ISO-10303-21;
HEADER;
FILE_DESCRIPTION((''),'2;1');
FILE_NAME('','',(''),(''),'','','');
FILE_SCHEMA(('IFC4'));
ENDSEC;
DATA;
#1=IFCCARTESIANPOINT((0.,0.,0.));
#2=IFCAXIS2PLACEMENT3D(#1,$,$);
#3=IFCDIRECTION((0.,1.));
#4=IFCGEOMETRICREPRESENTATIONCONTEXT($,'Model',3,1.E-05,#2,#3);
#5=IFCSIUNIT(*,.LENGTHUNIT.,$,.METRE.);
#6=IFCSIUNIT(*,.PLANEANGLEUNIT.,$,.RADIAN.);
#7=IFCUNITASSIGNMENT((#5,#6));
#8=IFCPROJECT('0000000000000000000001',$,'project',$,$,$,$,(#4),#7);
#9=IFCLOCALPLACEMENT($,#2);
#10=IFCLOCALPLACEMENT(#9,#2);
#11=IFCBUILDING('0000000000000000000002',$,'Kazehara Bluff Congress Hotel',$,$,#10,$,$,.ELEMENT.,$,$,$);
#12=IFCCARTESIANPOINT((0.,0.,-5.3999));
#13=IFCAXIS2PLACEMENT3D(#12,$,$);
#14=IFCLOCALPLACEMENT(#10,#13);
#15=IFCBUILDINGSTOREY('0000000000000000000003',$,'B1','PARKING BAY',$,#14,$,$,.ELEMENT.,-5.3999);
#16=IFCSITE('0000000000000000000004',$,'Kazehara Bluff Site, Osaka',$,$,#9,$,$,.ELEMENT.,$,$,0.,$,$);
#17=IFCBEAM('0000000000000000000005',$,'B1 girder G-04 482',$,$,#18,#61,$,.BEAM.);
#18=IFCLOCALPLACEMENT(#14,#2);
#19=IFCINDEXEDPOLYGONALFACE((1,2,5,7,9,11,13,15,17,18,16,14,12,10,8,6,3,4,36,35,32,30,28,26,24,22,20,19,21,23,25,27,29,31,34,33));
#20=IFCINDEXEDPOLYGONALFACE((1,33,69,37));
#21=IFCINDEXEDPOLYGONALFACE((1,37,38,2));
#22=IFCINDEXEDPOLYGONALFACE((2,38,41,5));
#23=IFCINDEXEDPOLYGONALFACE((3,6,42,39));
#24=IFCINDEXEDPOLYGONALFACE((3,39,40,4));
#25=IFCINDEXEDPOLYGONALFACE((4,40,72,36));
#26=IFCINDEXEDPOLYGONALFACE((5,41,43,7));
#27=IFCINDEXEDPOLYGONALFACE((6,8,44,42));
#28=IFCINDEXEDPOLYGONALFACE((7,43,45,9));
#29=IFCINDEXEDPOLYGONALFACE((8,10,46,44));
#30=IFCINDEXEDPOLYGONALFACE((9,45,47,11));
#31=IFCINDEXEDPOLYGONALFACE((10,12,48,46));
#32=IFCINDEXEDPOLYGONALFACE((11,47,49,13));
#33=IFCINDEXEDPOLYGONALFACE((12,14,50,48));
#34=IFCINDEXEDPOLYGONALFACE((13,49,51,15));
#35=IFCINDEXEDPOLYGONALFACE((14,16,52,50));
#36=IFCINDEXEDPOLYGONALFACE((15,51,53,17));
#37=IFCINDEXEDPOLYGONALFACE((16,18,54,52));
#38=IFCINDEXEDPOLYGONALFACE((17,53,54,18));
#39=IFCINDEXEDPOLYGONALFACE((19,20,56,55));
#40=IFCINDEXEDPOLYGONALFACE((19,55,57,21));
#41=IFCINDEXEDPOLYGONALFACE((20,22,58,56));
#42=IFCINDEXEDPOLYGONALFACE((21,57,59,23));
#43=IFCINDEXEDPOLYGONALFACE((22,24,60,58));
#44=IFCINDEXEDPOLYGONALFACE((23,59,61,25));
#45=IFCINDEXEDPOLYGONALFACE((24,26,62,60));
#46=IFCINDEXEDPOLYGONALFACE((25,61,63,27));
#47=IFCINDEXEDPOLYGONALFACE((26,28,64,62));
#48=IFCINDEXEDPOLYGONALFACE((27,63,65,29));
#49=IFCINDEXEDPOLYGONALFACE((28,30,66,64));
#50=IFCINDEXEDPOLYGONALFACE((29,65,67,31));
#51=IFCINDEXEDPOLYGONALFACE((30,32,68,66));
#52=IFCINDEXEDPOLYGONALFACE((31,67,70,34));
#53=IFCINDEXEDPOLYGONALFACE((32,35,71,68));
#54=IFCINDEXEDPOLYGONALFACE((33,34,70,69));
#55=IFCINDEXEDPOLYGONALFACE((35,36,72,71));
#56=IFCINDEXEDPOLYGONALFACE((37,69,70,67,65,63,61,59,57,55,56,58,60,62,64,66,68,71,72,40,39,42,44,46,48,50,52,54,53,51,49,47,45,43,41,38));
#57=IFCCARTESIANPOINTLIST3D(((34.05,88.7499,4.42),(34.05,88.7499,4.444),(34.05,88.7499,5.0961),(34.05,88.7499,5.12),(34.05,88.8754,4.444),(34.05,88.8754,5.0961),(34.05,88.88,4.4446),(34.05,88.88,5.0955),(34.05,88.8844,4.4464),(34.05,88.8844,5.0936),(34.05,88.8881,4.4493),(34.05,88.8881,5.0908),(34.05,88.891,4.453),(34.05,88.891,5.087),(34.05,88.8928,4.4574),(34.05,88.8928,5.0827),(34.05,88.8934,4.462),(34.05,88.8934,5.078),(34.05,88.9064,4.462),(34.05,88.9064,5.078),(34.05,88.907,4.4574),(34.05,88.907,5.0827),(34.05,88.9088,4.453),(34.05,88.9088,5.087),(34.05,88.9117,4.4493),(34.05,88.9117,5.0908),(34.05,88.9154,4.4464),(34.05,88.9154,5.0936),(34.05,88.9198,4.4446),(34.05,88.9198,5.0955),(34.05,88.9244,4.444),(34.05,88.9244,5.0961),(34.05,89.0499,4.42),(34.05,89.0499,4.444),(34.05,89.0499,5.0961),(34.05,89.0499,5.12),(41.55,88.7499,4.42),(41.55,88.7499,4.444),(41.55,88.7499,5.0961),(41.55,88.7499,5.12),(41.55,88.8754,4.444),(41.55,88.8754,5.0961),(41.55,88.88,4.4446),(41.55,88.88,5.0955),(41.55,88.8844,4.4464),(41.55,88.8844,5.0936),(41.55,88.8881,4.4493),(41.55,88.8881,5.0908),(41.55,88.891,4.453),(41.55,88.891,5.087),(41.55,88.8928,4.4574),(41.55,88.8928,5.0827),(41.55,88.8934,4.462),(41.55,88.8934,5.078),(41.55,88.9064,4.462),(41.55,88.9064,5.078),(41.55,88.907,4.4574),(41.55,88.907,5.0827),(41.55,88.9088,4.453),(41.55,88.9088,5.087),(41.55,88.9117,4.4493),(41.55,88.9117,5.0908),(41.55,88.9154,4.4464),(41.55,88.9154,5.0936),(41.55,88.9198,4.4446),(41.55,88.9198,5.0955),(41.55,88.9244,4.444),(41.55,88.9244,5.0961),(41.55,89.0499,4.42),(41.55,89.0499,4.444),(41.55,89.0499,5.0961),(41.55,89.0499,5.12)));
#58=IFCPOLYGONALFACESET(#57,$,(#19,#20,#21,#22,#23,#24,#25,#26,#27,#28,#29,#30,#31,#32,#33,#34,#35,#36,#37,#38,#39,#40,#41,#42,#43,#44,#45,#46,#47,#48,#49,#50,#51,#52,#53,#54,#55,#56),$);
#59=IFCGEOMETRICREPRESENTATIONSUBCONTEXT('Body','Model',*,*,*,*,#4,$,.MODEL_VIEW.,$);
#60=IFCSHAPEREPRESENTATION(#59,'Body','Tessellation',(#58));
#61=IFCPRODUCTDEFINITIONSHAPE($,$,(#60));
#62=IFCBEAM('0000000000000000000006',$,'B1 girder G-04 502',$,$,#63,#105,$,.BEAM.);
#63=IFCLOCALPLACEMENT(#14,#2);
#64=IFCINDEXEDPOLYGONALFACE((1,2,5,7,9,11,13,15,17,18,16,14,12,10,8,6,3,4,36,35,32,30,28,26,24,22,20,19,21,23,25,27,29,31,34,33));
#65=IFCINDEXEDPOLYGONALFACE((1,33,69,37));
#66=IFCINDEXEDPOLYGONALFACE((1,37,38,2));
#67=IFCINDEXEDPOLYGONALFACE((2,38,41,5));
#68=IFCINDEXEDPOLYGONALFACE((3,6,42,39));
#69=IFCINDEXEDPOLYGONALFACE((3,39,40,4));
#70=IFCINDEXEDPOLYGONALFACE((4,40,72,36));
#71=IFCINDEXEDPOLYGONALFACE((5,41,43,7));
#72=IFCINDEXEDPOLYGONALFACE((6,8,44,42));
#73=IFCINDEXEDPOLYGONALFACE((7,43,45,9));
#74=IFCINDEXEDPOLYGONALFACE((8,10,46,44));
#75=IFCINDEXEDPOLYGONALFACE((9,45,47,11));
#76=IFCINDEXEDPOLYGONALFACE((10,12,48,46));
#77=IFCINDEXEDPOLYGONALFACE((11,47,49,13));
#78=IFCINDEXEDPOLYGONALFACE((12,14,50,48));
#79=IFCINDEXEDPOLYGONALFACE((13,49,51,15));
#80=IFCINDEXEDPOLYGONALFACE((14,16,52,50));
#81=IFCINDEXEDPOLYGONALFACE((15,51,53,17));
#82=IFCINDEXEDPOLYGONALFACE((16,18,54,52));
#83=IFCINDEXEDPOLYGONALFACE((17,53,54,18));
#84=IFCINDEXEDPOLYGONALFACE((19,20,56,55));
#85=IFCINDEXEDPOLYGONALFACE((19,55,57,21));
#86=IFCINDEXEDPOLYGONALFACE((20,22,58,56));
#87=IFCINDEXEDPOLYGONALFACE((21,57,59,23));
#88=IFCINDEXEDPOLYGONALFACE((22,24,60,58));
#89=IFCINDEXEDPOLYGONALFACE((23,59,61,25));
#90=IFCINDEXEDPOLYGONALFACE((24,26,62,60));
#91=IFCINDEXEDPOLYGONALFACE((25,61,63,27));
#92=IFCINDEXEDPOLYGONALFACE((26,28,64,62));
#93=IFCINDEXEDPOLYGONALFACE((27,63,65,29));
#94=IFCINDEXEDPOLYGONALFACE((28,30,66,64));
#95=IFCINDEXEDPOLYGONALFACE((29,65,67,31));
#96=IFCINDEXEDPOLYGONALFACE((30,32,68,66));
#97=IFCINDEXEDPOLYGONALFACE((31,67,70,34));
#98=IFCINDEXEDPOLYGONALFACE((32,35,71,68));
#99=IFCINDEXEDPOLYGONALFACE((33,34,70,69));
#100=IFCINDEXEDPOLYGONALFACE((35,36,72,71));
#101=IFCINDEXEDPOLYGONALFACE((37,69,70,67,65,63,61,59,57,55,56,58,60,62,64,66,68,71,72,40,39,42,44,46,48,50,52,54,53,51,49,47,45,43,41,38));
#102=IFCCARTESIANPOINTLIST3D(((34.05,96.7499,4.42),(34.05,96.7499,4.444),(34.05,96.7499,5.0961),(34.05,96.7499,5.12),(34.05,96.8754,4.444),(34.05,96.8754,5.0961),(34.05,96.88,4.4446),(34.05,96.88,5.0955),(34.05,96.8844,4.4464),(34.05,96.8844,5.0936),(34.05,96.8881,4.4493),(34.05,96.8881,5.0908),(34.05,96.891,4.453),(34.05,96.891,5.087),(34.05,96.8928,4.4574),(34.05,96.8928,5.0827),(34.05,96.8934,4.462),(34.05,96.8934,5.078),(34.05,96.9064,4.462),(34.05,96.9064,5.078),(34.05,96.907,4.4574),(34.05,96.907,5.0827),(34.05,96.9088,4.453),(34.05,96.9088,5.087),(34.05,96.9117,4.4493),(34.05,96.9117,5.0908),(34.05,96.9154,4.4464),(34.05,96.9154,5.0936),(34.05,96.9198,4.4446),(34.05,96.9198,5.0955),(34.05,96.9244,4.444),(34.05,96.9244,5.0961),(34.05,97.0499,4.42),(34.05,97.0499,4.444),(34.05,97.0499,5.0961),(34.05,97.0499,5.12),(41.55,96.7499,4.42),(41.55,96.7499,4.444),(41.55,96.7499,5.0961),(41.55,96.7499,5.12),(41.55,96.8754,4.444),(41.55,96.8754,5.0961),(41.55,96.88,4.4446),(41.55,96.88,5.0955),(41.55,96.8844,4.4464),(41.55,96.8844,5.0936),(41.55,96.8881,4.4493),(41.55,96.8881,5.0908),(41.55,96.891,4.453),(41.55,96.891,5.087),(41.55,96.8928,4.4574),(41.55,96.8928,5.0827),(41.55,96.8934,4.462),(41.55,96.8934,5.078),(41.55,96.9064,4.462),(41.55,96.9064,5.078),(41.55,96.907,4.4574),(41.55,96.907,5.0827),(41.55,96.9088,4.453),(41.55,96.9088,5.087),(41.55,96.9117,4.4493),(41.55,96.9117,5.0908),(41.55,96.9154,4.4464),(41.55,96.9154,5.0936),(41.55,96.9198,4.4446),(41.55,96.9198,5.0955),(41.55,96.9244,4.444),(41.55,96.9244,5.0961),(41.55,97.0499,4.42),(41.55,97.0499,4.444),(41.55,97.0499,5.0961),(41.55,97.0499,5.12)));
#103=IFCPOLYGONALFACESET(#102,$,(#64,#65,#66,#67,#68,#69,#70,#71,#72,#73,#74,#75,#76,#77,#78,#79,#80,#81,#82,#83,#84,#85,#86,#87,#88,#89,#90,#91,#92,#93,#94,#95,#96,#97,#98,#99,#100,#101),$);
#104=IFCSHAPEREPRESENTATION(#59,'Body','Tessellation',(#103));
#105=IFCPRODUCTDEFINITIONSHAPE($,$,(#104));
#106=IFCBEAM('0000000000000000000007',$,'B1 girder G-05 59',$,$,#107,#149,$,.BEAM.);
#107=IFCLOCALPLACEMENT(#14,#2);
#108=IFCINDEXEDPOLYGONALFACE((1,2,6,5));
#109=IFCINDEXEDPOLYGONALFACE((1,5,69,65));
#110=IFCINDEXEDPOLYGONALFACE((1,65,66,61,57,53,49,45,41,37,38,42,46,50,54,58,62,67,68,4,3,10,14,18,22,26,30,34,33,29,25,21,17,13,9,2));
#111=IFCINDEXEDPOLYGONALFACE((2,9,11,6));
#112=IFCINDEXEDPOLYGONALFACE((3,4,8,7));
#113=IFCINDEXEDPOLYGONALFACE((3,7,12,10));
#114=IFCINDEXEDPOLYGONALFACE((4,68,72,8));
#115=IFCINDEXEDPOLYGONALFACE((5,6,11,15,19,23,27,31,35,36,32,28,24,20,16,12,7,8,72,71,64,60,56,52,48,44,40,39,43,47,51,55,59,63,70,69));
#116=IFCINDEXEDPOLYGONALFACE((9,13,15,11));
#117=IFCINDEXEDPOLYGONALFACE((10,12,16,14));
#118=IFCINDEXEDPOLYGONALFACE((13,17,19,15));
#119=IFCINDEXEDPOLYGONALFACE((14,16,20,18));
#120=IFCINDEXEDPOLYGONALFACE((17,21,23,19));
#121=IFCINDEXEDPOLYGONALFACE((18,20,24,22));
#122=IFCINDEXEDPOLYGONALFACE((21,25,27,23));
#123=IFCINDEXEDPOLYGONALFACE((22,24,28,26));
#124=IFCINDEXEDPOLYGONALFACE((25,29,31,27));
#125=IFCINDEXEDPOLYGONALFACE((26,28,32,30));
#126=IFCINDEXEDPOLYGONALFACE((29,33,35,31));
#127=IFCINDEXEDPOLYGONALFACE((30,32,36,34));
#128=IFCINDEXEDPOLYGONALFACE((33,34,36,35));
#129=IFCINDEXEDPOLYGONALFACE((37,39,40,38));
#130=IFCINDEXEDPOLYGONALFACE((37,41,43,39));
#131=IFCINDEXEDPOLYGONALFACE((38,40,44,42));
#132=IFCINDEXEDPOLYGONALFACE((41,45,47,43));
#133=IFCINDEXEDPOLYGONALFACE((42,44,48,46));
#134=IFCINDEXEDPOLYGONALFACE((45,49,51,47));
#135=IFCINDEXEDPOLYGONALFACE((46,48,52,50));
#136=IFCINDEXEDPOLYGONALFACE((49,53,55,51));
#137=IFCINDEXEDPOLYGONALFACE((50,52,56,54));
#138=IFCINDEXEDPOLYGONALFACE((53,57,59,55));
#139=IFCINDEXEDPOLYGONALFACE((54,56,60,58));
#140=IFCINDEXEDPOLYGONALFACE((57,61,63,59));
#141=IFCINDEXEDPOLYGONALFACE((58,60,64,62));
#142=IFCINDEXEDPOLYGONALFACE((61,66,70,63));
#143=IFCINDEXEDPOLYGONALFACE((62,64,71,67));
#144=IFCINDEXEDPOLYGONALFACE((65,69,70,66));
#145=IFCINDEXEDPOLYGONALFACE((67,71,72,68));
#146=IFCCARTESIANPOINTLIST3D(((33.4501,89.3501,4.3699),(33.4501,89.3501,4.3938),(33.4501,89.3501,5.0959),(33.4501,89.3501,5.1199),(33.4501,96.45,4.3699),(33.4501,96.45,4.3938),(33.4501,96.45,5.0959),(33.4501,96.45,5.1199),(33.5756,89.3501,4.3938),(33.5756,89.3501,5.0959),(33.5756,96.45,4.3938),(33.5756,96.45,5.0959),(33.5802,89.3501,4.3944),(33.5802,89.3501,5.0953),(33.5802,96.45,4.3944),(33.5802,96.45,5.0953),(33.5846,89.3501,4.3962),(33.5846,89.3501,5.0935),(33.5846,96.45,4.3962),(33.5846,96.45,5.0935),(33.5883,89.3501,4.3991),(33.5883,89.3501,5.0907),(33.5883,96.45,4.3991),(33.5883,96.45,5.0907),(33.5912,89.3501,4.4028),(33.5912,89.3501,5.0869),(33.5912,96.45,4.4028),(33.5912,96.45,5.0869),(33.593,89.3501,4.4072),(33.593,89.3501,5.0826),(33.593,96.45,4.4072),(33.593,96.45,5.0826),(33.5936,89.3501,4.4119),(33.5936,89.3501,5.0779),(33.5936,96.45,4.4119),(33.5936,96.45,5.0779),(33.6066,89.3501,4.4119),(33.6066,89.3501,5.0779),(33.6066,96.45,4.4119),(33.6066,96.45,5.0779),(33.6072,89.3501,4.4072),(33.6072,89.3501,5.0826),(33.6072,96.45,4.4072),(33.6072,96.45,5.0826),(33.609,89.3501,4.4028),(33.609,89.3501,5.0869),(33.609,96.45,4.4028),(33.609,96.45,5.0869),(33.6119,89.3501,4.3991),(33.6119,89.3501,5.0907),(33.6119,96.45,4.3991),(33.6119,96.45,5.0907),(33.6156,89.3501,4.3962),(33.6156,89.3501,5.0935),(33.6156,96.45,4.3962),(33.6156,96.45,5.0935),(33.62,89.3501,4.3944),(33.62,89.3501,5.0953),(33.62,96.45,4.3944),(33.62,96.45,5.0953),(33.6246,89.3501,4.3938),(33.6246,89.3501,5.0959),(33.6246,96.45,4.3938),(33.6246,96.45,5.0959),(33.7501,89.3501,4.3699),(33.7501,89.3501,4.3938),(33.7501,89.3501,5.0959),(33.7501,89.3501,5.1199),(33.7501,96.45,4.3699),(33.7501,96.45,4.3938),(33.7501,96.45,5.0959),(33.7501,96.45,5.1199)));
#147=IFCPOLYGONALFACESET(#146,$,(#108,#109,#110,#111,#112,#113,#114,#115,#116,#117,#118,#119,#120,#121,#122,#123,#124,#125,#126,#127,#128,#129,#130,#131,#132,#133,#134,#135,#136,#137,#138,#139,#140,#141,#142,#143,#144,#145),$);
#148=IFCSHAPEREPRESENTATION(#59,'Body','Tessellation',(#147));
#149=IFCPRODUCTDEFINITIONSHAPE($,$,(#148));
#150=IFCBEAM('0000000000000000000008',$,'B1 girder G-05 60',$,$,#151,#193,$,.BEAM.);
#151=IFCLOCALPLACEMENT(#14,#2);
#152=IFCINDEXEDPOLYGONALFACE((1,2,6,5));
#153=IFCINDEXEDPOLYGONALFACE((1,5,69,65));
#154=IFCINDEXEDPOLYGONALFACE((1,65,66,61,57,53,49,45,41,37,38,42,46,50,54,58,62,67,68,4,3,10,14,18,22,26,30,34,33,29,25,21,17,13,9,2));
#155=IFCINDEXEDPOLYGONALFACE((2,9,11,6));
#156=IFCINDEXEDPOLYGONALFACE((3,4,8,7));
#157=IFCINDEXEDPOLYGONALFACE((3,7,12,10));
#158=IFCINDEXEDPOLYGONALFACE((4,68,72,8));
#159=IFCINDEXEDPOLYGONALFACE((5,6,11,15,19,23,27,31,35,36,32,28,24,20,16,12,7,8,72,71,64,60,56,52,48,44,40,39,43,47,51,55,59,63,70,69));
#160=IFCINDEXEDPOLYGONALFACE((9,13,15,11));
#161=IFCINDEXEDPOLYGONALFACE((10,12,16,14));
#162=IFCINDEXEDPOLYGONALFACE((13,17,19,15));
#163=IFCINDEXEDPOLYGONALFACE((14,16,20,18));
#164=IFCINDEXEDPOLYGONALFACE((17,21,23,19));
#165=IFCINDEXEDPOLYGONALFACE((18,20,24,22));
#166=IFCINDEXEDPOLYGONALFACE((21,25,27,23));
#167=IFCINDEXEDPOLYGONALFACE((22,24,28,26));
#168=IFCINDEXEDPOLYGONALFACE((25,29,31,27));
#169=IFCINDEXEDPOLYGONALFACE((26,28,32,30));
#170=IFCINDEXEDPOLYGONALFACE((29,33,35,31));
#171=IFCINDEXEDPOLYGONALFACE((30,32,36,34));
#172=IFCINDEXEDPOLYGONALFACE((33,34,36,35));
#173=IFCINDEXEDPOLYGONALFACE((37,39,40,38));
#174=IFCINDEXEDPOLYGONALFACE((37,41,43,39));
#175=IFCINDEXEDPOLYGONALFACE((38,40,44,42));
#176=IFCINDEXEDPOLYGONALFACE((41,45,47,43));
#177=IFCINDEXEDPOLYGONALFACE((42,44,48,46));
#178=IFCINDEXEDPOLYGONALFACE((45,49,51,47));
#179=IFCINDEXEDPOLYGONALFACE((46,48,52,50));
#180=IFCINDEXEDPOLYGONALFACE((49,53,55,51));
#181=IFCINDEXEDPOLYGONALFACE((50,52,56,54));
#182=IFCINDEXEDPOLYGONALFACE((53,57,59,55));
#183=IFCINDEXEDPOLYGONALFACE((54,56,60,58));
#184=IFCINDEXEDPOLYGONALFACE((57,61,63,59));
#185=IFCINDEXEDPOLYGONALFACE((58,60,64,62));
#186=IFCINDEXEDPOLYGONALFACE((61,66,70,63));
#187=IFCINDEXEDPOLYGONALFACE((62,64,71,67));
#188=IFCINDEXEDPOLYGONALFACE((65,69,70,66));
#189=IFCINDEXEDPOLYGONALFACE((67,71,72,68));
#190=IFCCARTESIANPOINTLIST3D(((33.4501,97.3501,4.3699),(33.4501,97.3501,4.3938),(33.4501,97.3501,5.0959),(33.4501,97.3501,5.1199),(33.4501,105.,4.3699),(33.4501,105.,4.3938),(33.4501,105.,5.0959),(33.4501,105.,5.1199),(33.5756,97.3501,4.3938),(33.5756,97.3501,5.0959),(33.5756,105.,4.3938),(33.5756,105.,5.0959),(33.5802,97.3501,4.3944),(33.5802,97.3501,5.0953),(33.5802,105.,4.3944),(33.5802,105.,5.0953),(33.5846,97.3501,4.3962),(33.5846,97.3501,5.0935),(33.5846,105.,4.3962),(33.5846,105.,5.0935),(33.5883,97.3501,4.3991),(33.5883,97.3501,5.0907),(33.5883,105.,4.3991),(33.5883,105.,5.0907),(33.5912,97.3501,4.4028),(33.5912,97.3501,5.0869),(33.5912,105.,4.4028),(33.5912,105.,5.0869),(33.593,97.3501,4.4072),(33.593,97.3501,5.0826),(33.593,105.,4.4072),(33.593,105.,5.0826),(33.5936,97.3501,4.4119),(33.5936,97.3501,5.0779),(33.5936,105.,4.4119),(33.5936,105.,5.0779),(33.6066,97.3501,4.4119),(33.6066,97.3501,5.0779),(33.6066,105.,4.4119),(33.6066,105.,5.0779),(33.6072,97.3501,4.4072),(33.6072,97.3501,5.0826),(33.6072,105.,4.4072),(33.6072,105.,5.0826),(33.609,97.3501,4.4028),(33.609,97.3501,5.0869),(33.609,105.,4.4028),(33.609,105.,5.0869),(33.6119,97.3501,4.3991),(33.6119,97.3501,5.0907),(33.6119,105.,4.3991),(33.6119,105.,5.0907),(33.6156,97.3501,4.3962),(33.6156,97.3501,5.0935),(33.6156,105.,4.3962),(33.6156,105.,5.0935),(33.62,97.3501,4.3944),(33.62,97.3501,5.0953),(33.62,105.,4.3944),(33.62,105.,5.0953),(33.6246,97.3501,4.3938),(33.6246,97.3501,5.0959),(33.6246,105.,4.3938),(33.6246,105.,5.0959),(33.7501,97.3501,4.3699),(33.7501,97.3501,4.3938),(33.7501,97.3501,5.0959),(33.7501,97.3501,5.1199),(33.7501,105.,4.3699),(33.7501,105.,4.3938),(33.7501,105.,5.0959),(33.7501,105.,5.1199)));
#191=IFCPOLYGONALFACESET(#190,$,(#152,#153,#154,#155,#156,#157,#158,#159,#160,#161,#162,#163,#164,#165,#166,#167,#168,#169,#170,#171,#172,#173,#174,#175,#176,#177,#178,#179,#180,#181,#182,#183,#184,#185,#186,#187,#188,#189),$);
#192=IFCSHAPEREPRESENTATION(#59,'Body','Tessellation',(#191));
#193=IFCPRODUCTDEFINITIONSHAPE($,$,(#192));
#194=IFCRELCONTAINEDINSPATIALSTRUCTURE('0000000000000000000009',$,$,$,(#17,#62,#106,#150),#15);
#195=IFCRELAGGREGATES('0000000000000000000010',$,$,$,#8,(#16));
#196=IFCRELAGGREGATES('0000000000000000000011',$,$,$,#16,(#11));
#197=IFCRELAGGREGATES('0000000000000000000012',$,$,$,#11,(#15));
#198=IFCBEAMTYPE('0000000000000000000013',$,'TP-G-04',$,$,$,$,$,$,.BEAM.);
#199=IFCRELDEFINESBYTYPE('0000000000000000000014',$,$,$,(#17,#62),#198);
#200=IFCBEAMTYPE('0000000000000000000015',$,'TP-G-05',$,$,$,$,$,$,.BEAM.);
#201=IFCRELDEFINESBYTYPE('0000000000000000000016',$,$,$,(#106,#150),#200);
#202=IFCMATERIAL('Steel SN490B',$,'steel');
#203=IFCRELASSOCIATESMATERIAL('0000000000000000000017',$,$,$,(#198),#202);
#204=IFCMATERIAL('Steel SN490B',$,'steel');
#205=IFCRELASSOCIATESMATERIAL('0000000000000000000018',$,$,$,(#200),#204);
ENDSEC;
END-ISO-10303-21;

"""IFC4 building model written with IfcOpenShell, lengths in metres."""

from ifc_helpers import new_model, si_unit, direction, frame, origin, origin_2d, place, context, subcontext, project, spatial, i_section, extrude, material, material_profile, profile_set, type_object, element, save


model = new_model("IFC4")

# Units and contexts
model_context = context("Model", 3, precision=1e-05, world=origin(), true_north=direction((0.0, 1.0)))
body_context = subcontext(model_context, "Body", "Model", "MODEL_VIEW")
ifc_project = project(units=[si_unit("LENGTHUNIT", "METRE"), si_unit("PLANEANGLEUNIT", "RADIAN")], contexts=[model_context])

# Site, building, storey
site_placement = place(None, origin())
site = spatial("IfcSite", under=ifc_project, at=site_placement, Name="Kazehara Bluff Site, Osaka", CompositionType="ELEMENT", RefElevation=0.0)
building_placement = place(site_placement, origin())
building = spatial("IfcBuilding", under=site, at=building_placement, Name="Kazehara Bluff Congress Hotel", CompositionType="ELEMENT")
storey_placement = place(building_placement, frame((0.0, 0.0, -5.3999)))
storey = spatial("IfcBuildingStorey", under=building, at=storey_placement, Name="B1", Description="PARKING BAY", CompositionType="ELEMENT", Elevation=-5.3999)

# Beams
ifc_material_1 = material(Name="Steel SN490B", Category="steel")
ifc_material_profile_1 = material_profile(ifc_material_1, i_section(OverallWidth=0.3, OverallDepth=0.7, WebThickness=0.0129, FlangeThickness=0.0239, FilletRadius=0.0181, at=origin_2d()))
ifc_profile_set_1 = profile_set([ifc_material_profile_1], Name="Steel SN490B")
beam_type_1 = type_object("IfcBeamType", Name="TP-G-04", PredefinedType="BEAM", material=ifc_profile_set_1)
for number, where, z_axis, x_axis, name in (
    (1, (34.05, 88.8999, 4.77), (1.0, 0.0, 0.0), (0.0, 1.0, 0.0), "B1 girder G-04 482"),
    (2, (34.05, 96.8999, 4.77), (1.0, 0.0, 0.0), (0.0, 1.0, 0.0), "B1 girder G-04 502"),
):
    element("IfcBeam", number, at=place(storey_placement, frame(where, z_axis=z_axis, x_axis=x_axis)), inside=storey, type_object=beam_type_1, Name=name, PredefinedType="BEAM", context=body_context, shape_type="SweptSolid", body=[
        extrude(i_section(OverallWidth=0.3, OverallDepth=0.7, WebThickness=0.0129, FlangeThickness=0.0239, FilletRadius=0.0181, at=origin_2d()), origin(), (0.0, 0.0, 1.0), 7.5),
    ])
ifc_material_2 = material(Name="Steel SN490B", Category="steel")
ifc_material_profile_2 = material_profile(ifc_material_2, i_section(OverallWidth=0.3, OverallDepth=0.75, WebThickness=0.0129, FlangeThickness=0.0239, FilletRadius=0.0181, at=origin_2d()))
ifc_profile_set_2 = profile_set([ifc_material_profile_2], Name="Steel SN490B")
beam_type_2 = type_object("IfcBeamType", Name="TP-G-05", PredefinedType="BEAM", material=ifc_profile_set_2)
beam_1_placement = place(storey_placement, frame((33.6001, 89.3501, 4.7449), z_axis=(0.0, 1.0, 0.0), x_axis=(-1.0, 0.0, 0.0)))
element("IfcBeam", 3, at=beam_1_placement, inside=storey, type_object=beam_type_2, Name="B1 girder G-05 59", PredefinedType="BEAM", context=body_context, shape_type="SweptSolid", body=[
    extrude(i_section(OverallWidth=0.3, OverallDepth=0.75, WebThickness=0.0129, FlangeThickness=0.0239, FilletRadius=0.0181, at=origin_2d()), origin(), (0.0, 0.0, 1.0), 7.0999),
])
beam_2_placement = place(storey_placement, frame((33.6001, 97.3501, 4.7449), z_axis=(0.0, 1.0, 0.0), x_axis=(-1.0, 0.0, 0.0)))
element("IfcBeam", 4, at=beam_2_placement, inside=storey, type_object=beam_type_2, Name="B1 girder G-05 60", PredefinedType="BEAM", context=body_context, shape_type="SweptSolid", body=[
    extrude(i_section(OverallWidth=0.3, OverallDepth=0.75, WebThickness=0.0129, FlangeThickness=0.0239, FilletRadius=0.0181, at=origin_2d()), origin(), (0.0, 0.0, 1.0), 7.6499),
])

save(model, "model.ifc")
